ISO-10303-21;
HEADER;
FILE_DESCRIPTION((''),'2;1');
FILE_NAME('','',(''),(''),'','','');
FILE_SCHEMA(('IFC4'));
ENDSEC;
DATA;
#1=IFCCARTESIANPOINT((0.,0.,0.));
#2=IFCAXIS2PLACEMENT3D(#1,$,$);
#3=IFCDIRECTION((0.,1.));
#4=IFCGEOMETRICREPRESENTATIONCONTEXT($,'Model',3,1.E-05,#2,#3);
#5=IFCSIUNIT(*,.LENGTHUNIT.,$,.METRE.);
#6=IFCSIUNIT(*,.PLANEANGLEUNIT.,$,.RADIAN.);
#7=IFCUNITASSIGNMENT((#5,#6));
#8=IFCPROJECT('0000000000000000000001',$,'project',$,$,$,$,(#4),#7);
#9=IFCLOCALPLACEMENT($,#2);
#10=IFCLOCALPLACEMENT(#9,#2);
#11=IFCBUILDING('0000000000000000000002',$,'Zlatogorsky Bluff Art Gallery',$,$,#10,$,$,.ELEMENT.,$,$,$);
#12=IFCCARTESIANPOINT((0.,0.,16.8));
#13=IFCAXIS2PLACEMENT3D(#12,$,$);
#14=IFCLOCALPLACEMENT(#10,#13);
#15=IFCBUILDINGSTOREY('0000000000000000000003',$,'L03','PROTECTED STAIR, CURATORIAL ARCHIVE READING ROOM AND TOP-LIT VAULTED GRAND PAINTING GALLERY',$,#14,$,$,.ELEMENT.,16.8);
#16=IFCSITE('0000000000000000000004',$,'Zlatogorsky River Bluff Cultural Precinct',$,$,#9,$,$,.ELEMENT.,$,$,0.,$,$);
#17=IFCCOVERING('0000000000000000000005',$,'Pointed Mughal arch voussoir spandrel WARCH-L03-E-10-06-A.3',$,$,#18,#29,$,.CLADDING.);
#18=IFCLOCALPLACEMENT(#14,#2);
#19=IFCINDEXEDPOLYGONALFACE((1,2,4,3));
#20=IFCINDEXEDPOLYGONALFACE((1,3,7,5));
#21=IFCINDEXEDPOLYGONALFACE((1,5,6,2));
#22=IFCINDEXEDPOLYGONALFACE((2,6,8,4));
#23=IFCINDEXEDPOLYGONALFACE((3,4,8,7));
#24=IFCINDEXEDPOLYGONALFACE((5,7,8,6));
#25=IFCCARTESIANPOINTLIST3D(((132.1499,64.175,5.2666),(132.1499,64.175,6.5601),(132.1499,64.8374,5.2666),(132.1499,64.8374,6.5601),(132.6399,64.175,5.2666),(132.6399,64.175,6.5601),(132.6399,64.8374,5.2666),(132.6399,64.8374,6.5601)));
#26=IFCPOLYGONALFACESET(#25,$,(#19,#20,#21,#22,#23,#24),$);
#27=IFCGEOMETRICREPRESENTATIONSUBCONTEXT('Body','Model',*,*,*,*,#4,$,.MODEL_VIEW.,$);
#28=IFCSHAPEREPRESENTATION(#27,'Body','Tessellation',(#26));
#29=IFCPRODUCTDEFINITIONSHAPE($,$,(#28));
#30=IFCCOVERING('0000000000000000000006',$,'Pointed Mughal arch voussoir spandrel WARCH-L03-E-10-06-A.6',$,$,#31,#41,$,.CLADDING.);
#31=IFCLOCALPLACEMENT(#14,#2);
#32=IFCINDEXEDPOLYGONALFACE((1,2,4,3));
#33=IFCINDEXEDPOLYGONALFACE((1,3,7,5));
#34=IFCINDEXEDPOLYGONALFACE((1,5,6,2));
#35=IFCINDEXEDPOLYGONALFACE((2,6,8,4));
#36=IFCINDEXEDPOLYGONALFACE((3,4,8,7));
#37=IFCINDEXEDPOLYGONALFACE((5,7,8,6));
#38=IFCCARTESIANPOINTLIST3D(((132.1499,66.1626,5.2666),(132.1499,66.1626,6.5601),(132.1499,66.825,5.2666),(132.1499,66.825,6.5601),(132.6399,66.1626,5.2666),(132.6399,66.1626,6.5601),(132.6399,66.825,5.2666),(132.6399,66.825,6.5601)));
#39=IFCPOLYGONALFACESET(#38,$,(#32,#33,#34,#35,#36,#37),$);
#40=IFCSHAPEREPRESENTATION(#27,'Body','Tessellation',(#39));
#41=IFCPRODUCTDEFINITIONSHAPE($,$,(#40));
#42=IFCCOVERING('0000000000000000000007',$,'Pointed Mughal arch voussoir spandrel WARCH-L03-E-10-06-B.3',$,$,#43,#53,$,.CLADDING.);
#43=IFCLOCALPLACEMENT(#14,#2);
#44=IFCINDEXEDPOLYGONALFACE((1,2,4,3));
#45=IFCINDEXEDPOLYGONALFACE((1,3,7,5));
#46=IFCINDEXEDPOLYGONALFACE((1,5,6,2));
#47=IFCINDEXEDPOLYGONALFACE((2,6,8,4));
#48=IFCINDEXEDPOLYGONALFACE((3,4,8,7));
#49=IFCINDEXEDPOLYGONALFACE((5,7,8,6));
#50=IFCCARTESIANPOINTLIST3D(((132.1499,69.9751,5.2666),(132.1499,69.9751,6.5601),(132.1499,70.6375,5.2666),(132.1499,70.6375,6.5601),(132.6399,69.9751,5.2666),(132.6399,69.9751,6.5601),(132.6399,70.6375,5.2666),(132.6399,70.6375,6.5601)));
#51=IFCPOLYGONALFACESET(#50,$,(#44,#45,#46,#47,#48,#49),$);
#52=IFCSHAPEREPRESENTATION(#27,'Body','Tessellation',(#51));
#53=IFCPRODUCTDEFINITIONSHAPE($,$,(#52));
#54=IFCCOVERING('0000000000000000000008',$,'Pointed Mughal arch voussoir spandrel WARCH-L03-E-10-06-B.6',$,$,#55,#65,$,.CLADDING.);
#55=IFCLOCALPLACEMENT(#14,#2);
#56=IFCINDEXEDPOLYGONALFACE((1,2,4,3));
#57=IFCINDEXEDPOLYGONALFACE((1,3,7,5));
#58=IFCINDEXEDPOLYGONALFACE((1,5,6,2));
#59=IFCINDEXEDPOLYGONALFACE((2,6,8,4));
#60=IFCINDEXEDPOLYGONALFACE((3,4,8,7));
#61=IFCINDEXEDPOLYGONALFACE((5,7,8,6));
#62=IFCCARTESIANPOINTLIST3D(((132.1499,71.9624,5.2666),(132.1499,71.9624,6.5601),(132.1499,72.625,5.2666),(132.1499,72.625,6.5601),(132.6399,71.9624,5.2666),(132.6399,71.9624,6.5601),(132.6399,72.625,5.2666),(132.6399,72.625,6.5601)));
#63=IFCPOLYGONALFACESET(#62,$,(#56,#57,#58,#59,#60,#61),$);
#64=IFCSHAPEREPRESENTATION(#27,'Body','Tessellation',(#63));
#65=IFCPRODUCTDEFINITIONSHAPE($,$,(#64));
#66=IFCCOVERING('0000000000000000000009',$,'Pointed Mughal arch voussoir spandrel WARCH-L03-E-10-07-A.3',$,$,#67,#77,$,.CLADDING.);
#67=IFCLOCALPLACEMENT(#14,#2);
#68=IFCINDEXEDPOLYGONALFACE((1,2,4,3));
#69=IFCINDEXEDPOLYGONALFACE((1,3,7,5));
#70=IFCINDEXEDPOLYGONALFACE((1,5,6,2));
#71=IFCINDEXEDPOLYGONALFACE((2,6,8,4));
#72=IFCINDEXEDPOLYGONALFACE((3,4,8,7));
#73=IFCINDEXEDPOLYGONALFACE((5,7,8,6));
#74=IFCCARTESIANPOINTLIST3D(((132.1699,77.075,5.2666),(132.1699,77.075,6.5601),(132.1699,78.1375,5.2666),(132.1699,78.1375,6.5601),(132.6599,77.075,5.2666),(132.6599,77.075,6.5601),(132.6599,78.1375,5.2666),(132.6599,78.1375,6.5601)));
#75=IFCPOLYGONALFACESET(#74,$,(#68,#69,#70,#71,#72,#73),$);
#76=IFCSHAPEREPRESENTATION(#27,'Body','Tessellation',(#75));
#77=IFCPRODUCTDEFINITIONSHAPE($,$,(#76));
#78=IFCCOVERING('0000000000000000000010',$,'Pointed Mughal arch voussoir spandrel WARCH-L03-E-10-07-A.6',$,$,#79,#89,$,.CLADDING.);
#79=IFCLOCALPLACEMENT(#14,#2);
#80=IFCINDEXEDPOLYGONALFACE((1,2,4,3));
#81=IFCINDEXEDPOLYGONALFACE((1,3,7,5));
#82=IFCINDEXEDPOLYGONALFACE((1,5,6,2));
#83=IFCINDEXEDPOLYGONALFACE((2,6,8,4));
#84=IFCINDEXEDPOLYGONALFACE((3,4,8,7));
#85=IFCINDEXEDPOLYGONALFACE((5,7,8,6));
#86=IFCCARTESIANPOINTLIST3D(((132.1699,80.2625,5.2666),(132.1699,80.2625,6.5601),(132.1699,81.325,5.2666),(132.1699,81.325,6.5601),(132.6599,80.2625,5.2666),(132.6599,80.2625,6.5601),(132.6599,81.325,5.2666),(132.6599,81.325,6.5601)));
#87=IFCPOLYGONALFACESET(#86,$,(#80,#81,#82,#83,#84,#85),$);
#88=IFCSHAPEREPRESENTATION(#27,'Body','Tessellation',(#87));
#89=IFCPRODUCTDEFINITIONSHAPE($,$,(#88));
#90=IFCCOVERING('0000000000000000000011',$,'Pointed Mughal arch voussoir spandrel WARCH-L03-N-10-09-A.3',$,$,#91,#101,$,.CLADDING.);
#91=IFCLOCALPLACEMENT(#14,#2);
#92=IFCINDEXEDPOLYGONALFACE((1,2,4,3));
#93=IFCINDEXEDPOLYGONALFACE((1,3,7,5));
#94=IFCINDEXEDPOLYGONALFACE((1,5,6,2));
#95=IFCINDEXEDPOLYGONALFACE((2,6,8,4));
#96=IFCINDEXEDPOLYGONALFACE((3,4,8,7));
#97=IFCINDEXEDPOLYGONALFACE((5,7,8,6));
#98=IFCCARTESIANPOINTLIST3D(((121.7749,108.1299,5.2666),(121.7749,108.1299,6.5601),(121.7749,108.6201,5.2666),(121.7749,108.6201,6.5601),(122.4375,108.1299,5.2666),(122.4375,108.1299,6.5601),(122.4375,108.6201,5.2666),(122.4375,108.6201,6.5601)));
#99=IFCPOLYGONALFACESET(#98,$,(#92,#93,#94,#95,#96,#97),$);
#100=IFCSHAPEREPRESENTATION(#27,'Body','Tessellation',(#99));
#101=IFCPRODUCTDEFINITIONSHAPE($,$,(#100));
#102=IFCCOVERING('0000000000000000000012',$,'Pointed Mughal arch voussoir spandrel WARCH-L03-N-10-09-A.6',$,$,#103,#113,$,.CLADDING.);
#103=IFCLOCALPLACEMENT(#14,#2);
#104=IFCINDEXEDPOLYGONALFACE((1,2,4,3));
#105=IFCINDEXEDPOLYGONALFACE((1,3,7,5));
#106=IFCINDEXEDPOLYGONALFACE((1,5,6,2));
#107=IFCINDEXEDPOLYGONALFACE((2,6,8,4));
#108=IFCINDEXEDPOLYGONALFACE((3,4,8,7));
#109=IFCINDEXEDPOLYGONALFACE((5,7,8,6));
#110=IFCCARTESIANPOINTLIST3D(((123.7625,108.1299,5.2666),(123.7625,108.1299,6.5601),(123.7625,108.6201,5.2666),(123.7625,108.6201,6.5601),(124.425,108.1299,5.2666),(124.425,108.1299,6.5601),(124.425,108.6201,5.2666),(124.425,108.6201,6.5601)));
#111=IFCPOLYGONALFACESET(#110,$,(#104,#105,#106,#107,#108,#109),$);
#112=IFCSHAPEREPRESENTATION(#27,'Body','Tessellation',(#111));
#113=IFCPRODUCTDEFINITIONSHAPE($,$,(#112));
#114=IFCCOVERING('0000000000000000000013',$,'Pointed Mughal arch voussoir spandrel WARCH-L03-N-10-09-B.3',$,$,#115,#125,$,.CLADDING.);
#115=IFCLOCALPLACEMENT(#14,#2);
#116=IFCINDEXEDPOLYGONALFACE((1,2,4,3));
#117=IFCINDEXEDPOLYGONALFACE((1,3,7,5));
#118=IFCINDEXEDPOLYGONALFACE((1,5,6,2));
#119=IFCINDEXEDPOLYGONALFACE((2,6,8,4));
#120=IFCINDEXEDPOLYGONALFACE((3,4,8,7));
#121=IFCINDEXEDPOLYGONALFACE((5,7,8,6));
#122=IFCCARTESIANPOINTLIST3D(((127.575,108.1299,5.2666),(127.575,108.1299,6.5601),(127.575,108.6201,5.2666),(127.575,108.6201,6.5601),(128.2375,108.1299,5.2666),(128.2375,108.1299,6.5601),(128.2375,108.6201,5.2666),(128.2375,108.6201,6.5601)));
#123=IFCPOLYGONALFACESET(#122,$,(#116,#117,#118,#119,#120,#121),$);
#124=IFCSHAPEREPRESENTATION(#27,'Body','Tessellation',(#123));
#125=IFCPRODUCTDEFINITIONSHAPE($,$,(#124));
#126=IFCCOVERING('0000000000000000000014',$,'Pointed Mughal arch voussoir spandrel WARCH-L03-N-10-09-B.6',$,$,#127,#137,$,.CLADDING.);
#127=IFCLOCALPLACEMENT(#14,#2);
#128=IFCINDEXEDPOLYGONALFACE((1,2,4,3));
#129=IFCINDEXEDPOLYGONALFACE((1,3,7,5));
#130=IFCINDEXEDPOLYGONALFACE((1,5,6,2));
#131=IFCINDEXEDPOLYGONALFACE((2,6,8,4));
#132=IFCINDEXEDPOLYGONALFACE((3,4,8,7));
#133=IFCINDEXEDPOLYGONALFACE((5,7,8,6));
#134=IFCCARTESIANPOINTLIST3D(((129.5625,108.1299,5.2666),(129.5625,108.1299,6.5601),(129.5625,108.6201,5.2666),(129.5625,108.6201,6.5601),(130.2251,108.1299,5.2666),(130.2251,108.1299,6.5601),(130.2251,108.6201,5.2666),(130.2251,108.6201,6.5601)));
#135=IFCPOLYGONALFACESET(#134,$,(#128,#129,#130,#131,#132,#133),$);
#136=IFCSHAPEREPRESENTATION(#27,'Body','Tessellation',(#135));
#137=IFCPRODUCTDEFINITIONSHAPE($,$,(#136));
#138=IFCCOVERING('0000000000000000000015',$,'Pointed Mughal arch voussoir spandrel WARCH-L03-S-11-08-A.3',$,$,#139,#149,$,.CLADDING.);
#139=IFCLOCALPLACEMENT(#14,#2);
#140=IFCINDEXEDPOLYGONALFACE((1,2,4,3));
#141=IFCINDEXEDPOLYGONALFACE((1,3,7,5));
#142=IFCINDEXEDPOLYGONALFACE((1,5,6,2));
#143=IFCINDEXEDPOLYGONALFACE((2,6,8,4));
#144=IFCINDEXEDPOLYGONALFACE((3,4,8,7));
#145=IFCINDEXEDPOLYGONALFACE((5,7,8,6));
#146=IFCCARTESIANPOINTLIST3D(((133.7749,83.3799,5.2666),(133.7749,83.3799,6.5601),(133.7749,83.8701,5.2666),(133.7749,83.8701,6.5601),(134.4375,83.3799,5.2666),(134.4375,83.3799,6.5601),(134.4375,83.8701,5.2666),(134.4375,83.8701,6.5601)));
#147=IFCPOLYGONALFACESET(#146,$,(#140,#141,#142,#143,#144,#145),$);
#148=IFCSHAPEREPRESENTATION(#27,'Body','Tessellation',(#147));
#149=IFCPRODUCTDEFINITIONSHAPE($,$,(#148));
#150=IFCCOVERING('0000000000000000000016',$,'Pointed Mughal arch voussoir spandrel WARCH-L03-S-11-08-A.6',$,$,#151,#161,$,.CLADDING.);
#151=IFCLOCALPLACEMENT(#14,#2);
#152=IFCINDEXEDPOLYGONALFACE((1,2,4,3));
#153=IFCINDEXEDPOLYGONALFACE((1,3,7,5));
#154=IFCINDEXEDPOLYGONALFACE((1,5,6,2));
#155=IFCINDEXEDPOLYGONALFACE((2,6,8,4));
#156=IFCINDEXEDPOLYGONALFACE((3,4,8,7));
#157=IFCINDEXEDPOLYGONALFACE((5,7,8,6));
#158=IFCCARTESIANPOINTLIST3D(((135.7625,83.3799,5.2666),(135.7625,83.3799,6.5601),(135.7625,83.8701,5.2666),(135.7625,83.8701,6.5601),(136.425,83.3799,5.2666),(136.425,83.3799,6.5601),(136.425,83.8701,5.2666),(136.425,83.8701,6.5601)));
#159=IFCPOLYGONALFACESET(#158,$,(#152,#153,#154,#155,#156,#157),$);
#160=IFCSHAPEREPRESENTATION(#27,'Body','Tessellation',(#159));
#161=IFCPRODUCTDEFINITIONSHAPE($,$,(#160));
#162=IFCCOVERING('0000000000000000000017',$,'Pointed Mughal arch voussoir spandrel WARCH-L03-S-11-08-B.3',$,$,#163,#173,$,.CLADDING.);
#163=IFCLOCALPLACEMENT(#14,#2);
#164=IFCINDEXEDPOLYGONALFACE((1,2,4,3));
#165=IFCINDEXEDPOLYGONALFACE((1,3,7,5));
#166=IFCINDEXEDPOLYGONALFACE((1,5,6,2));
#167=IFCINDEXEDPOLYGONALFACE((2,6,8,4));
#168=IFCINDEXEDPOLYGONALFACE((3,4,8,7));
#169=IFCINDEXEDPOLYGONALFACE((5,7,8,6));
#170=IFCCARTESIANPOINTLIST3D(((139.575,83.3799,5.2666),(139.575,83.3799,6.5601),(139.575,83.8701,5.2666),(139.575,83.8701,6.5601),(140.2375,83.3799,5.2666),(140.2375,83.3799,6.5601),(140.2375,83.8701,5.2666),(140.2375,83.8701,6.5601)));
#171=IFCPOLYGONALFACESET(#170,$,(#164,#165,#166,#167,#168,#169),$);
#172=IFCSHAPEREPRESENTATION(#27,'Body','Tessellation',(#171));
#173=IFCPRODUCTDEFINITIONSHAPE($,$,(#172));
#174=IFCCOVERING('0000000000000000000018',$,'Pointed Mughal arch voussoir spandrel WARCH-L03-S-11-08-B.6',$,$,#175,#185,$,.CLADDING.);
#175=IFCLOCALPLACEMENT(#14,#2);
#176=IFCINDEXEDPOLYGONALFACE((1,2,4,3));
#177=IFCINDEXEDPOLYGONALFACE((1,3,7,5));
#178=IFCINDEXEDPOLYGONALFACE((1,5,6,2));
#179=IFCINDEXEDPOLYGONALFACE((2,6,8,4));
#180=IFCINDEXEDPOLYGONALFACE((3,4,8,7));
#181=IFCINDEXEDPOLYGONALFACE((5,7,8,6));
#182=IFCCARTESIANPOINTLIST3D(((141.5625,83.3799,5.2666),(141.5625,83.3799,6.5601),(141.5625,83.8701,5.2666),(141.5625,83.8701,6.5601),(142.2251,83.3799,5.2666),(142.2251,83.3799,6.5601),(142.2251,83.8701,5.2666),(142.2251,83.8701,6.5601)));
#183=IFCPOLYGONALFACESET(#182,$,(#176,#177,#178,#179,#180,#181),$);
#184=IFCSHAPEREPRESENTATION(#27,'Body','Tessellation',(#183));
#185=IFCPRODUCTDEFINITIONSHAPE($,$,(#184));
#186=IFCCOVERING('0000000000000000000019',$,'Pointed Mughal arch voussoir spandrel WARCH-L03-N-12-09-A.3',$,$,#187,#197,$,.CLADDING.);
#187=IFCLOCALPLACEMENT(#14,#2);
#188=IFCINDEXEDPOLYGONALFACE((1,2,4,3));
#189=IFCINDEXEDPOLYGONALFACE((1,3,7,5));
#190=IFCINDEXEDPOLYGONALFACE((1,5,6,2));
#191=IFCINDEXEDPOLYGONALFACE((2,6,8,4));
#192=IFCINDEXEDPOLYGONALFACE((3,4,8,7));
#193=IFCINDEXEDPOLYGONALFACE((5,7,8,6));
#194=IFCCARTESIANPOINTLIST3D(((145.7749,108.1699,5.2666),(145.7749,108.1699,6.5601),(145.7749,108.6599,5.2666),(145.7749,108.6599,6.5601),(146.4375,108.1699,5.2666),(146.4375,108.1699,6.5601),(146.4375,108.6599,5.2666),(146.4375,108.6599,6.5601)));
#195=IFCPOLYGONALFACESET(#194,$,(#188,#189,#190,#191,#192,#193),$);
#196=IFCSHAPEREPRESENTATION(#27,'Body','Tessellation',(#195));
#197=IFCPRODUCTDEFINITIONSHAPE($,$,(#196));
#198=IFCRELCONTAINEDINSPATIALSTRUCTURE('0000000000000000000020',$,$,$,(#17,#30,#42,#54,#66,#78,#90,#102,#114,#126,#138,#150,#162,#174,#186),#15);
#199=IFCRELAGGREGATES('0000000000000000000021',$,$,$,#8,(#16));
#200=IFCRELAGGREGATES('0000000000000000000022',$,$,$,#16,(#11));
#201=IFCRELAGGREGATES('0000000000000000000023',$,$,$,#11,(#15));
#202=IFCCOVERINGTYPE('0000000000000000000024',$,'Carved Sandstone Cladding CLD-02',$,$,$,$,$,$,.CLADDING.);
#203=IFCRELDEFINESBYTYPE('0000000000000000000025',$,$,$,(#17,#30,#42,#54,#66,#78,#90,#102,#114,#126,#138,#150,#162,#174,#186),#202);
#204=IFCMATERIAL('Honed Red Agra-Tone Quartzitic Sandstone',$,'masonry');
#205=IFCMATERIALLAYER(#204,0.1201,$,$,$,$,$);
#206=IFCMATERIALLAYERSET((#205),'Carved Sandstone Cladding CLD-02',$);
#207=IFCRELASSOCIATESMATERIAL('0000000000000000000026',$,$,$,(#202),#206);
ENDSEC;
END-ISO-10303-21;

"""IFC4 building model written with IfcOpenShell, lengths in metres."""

from ifc_helpers import new_model, si_unit, direction, frame, origin, place, context, subcontext, project, spatial, polyline, outline, extrude, material, layer, layer_set, type_object, element, save


model = new_model("IFC4")

# Units and contexts
model_context = context("Model", 3, precision=1e-05, world=origin(), true_north=direction((0.0, 1.0)))
body_context = subcontext(model_context, "Body", "Model", "MODEL_VIEW")
ifc_project = project(units=[si_unit("LENGTHUNIT", "METRE"), si_unit("PLANEANGLEUNIT", "RADIAN")], contexts=[model_context])

# Site, building, storey
site_placement = place(None, origin())
site = spatial("IfcSite", under=ifc_project, at=site_placement, Name="Zlatogorsky River Bluff Cultural Precinct", CompositionType="ELEMENT", RefElevation=0.0)
building_placement = place(site_placement, origin())
building = spatial("IfcBuilding", under=site, at=building_placement, Name="Zlatogorsky Bluff Art Gallery", CompositionType="ELEMENT")
storey_placement = place(building_placement, frame((0.0, 0.0, 16.8)))
storey = spatial("IfcBuildingStorey", under=building, at=storey_placement, Name="L03", Description="PROTECTED STAIR, CURATORIAL ARCHIVE READING ROOM AND TOP-LIT VAULTED GRAND PAINTING GALLERY", CompositionType="ELEMENT", Elevation=16.8)

# Coverings
ifc_material = material(Name="Honed Red Agra-Tone Quartzitic Sandstone", Category="masonry")
ifc_layer = layer(ifc_material, 0.1201)
ifc_layer_set = layer_set([ifc_layer], Name="Carved Sandstone Cladding CLD-02")
covering_type = type_object("IfcCoveringType", Name="Carved Sandstone Cladding CLD-02", PredefinedType="CLADDING", material=ifc_layer_set)
covering_1_placement = place(storey_placement, frame((0.0, 0.0, 5.2666)))
element("IfcCovering", 1, at=covering_1_placement, inside=storey, type_object=covering_type, Name="Pointed Mughal arch voussoir spandrel WARCH-L03-E-10-06-A.3", PredefinedType="CLADDING", context=body_context, shape_type="SweptSolid", body=[
    extrude(outline(polyline([(132.1499, 64.175), (132.1499, 64.8374), (132.6399, 64.8374), (132.6399, 64.175), (132.1499, 64.175)])), origin(), (0.0, 0.0, 1.0), 1.2935),
])
covering_2_placement = place(storey_placement, frame((0.0, 0.0, 5.2666)))
element("IfcCovering", 2, at=covering_2_placement, inside=storey, type_object=covering_type, Name="Pointed Mughal arch voussoir spandrel WARCH-L03-E-10-06-A.6", PredefinedType="CLADDING", context=body_context, shape_type="SweptSolid", body=[
    extrude(outline(polyline([(132.1499, 66.1626), (132.1499, 66.825), (132.6399, 66.825), (132.6399, 66.1626), (132.1499, 66.1626)])), origin(), (0.0, 0.0, 1.0), 1.2935),
])
covering_3_placement = place(storey_placement, frame((0.0, 0.0, 5.2666)))
element("IfcCovering", 3, at=covering_3_placement, inside=storey, type_object=covering_type, Name="Pointed Mughal arch voussoir spandrel WARCH-L03-E-10-06-B.3", PredefinedType="CLADDING", context=body_context, shape_type="SweptSolid", body=[
    extrude(outline(polyline([(132.1499, 69.9751), (132.1499, 70.6375), (132.6399, 70.6375), (132.6399, 69.9751), (132.1499, 69.9751)])), origin(), (0.0, 0.0, 1.0), 1.2935),
])
covering_4_placement = place(storey_placement, frame((0.0, 0.0, 5.2666)))
element("IfcCovering", 4, at=covering_4_placement, inside=storey, type_object=covering_type, Name="Pointed Mughal arch voussoir spandrel WARCH-L03-E-10-06-B.6", PredefinedType="CLADDING", context=body_context, shape_type="SweptSolid", body=[
    extrude(outline(polyline([(132.1499, 71.9624), (132.1499, 72.625), (132.6399, 72.625), (132.6399, 71.9624), (132.1499, 71.9624)])), origin(), (0.0, 0.0, 1.0), 1.2935),
])
covering_5_placement = place(storey_placement, frame((0.0, 0.0, 5.2666)))
element("IfcCovering", 5, at=covering_5_placement, inside=storey, type_object=covering_type, Name="Pointed Mughal arch voussoir spandrel WARCH-L03-E-10-07-A.3", PredefinedType="CLADDING", context=body_context, shape_type="SweptSolid", body=[
    extrude(outline(polyline([(132.1699, 77.075), (132.1699, 78.1375), (132.6599, 78.1375), (132.6599, 77.075), (132.1699, 77.075)])), origin(), (0.0, 0.0, 1.0), 1.2935),
])
covering_6_placement = place(storey_placement, frame((0.0, 0.0, 5.2666)))
element("IfcCovering", 6, at=covering_6_placement, inside=storey, type_object=covering_type, Name="Pointed Mughal arch voussoir spandrel WARCH-L03-E-10-07-A.6", PredefinedType="CLADDING", context=body_context, shape_type="SweptSolid", body=[
    extrude(outline(polyline([(132.1699, 80.2625), (132.1699, 81.325), (132.6599, 81.325), (132.6599, 80.2625), (132.1699, 80.2625)])), origin(), (0.0, 0.0, 1.0), 1.2935),
])
covering_7_placement = place(storey_placement, frame((0.0, 0.0, 5.2666)))
element("IfcCovering", 7, at=covering_7_placement, inside=storey, type_object=covering_type, Name="Pointed Mughal arch voussoir spandrel WARCH-L03-N-10-09-A.3", PredefinedType="CLADDING", context=body_context, shape_type="SweptSolid", body=[
    extrude(outline(polyline([(121.7749, 108.1299), (122.4375, 108.1299), (122.4375, 108.6201), (121.7749, 108.6201), (121.7749, 108.1299)])), origin(), (0.0, 0.0, 1.0), 1.2935),
])
covering_8_placement = place(storey_placement, frame((0.0, 0.0, 5.2666)))
element("IfcCovering", 8, at=covering_8_placement, inside=storey, type_object=covering_type, Name="Pointed Mughal arch voussoir spandrel WARCH-L03-N-10-09-A.6", PredefinedType="CLADDING", context=body_context, shape_type="SweptSolid", body=[
    extrude(outline(polyline([(123.7625, 108.1299), (124.425, 108.1299), (124.425, 108.6201), (123.7625, 108.6201), (123.7625, 108.1299)])), origin(), (0.0, 0.0, 1.0), 1.2935),
])
covering_9_placement = place(storey_placement, frame((0.0, 0.0, 5.2666)))
element("IfcCovering", 9, at=covering_9_placement, inside=storey, type_object=covering_type, Name="Pointed Mughal arch voussoir spandrel WARCH-L03-N-10-09-B.3", PredefinedType="CLADDING", context=body_context, shape_type="SweptSolid", body=[
    extrude(outline(polyline([(127.575, 108.1299), (128.2375, 108.1299), (128.2375, 108.6201), (127.575, 108.6201), (127.575, 108.1299)])), origin(), (0.0, 0.0, 1.0), 1.2935),
])
covering_10_placement = place(storey_placement, frame((0.0, 0.0, 5.2666)))
element("IfcCovering", 10, at=covering_10_placement, inside=storey, type_object=covering_type, Name="Pointed Mughal arch voussoir spandrel WARCH-L03-N-10-09-B.6", PredefinedType="CLADDING", context=body_context, shape_type="SweptSolid", body=[
    extrude(outline(polyline([(129.5625, 108.1299), (130.2251, 108.1299), (130.2251, 108.6201), (129.5625, 108.6201), (129.5625, 108.1299)])), origin(), (0.0, 0.0, 1.0), 1.2935),
])
covering_11_placement = place(storey_placement, frame((0.0, 0.0, 5.2666)))
element("IfcCovering", 11, at=covering_11_placement, inside=storey, type_object=covering_type, Name="Pointed Mughal arch voussoir spandrel WARCH-L03-S-11-08-A.3", PredefinedType="CLADDING", context=body_context, shape_type="SweptSolid", body=[
    extrude(outline(polyline([(133.7749, 83.3799), (134.4375, 83.3799), (134.4375, 83.8701), (133.7749, 83.8701), (133.7749, 83.3799)])), origin(), (0.0, 0.0, 1.0), 1.2935),
])
covering_12_placement = place(storey_placement, frame((0.0, 0.0, 5.2666)))
element("IfcCovering", 12, at=covering_12_placement, inside=storey, type_object=covering_type, Name="Pointed Mughal arch voussoir spandrel WARCH-L03-S-11-08-A.6", PredefinedType="CLADDING", context=body_context, shape_type="SweptSolid", body=[
    extrude(outline(polyline([(135.7625, 83.3799), (136.425, 83.3799), (136.425, 83.8701), (135.7625, 83.8701), (135.7625, 83.3799)])), origin(), (0.0, 0.0, 1.0), 1.2935),
])
covering_13_placement = place(storey_placement, frame((0.0, 0.0, 5.2666)))
element("IfcCovering", 13, at=covering_13_placement, inside=storey, type_object=covering_type, Name="Pointed Mughal arch voussoir spandrel WARCH-L03-S-11-08-B.3", PredefinedType="CLADDING", context=body_context, shape_type="SweptSolid", body=[
    extrude(outline(polyline([(139.575, 83.3799), (140.2375, 83.3799), (140.2375, 83.8701), (139.575, 83.8701), (139.575, 83.3799)])), origin(), (0.0, 0.0, 1.0), 1.2935),
])
covering_14_placement = place(storey_placement, frame((0.0, 0.0, 5.2666)))
element("IfcCovering", 14, at=covering_14_placement, inside=storey, type_object=covering_type, Name="Pointed Mughal arch voussoir spandrel WARCH-L03-S-11-08-B.6", PredefinedType="CLADDING", context=body_context, shape_type="SweptSolid", body=[
    extrude(outline(polyline([(141.5625, 83.3799), (142.2251, 83.3799), (142.2251, 83.8701), (141.5625, 83.8701), (141.5625, 83.3799)])), origin(), (0.0, 0.0, 1.0), 1.2935),
])
covering_15_placement = place(storey_placement, frame((0.0, 0.0, 5.2666)))
element("IfcCovering", 15, at=covering_15_placement, inside=storey, type_object=covering_type, Name="Pointed Mughal arch voussoir spandrel WARCH-L03-N-12-09-A.3", PredefinedType="CLADDING", context=body_context, shape_type="SweptSolid", body=[
    extrude(outline(polyline([(145.7749, 108.1699), (146.4375, 108.1699), (146.4375, 108.6599), (145.7749, 108.6599), (145.7749, 108.1699)])), origin(), (0.0, 0.0, 1.0), 1.2935),
])

save(model, "model.ifc")
